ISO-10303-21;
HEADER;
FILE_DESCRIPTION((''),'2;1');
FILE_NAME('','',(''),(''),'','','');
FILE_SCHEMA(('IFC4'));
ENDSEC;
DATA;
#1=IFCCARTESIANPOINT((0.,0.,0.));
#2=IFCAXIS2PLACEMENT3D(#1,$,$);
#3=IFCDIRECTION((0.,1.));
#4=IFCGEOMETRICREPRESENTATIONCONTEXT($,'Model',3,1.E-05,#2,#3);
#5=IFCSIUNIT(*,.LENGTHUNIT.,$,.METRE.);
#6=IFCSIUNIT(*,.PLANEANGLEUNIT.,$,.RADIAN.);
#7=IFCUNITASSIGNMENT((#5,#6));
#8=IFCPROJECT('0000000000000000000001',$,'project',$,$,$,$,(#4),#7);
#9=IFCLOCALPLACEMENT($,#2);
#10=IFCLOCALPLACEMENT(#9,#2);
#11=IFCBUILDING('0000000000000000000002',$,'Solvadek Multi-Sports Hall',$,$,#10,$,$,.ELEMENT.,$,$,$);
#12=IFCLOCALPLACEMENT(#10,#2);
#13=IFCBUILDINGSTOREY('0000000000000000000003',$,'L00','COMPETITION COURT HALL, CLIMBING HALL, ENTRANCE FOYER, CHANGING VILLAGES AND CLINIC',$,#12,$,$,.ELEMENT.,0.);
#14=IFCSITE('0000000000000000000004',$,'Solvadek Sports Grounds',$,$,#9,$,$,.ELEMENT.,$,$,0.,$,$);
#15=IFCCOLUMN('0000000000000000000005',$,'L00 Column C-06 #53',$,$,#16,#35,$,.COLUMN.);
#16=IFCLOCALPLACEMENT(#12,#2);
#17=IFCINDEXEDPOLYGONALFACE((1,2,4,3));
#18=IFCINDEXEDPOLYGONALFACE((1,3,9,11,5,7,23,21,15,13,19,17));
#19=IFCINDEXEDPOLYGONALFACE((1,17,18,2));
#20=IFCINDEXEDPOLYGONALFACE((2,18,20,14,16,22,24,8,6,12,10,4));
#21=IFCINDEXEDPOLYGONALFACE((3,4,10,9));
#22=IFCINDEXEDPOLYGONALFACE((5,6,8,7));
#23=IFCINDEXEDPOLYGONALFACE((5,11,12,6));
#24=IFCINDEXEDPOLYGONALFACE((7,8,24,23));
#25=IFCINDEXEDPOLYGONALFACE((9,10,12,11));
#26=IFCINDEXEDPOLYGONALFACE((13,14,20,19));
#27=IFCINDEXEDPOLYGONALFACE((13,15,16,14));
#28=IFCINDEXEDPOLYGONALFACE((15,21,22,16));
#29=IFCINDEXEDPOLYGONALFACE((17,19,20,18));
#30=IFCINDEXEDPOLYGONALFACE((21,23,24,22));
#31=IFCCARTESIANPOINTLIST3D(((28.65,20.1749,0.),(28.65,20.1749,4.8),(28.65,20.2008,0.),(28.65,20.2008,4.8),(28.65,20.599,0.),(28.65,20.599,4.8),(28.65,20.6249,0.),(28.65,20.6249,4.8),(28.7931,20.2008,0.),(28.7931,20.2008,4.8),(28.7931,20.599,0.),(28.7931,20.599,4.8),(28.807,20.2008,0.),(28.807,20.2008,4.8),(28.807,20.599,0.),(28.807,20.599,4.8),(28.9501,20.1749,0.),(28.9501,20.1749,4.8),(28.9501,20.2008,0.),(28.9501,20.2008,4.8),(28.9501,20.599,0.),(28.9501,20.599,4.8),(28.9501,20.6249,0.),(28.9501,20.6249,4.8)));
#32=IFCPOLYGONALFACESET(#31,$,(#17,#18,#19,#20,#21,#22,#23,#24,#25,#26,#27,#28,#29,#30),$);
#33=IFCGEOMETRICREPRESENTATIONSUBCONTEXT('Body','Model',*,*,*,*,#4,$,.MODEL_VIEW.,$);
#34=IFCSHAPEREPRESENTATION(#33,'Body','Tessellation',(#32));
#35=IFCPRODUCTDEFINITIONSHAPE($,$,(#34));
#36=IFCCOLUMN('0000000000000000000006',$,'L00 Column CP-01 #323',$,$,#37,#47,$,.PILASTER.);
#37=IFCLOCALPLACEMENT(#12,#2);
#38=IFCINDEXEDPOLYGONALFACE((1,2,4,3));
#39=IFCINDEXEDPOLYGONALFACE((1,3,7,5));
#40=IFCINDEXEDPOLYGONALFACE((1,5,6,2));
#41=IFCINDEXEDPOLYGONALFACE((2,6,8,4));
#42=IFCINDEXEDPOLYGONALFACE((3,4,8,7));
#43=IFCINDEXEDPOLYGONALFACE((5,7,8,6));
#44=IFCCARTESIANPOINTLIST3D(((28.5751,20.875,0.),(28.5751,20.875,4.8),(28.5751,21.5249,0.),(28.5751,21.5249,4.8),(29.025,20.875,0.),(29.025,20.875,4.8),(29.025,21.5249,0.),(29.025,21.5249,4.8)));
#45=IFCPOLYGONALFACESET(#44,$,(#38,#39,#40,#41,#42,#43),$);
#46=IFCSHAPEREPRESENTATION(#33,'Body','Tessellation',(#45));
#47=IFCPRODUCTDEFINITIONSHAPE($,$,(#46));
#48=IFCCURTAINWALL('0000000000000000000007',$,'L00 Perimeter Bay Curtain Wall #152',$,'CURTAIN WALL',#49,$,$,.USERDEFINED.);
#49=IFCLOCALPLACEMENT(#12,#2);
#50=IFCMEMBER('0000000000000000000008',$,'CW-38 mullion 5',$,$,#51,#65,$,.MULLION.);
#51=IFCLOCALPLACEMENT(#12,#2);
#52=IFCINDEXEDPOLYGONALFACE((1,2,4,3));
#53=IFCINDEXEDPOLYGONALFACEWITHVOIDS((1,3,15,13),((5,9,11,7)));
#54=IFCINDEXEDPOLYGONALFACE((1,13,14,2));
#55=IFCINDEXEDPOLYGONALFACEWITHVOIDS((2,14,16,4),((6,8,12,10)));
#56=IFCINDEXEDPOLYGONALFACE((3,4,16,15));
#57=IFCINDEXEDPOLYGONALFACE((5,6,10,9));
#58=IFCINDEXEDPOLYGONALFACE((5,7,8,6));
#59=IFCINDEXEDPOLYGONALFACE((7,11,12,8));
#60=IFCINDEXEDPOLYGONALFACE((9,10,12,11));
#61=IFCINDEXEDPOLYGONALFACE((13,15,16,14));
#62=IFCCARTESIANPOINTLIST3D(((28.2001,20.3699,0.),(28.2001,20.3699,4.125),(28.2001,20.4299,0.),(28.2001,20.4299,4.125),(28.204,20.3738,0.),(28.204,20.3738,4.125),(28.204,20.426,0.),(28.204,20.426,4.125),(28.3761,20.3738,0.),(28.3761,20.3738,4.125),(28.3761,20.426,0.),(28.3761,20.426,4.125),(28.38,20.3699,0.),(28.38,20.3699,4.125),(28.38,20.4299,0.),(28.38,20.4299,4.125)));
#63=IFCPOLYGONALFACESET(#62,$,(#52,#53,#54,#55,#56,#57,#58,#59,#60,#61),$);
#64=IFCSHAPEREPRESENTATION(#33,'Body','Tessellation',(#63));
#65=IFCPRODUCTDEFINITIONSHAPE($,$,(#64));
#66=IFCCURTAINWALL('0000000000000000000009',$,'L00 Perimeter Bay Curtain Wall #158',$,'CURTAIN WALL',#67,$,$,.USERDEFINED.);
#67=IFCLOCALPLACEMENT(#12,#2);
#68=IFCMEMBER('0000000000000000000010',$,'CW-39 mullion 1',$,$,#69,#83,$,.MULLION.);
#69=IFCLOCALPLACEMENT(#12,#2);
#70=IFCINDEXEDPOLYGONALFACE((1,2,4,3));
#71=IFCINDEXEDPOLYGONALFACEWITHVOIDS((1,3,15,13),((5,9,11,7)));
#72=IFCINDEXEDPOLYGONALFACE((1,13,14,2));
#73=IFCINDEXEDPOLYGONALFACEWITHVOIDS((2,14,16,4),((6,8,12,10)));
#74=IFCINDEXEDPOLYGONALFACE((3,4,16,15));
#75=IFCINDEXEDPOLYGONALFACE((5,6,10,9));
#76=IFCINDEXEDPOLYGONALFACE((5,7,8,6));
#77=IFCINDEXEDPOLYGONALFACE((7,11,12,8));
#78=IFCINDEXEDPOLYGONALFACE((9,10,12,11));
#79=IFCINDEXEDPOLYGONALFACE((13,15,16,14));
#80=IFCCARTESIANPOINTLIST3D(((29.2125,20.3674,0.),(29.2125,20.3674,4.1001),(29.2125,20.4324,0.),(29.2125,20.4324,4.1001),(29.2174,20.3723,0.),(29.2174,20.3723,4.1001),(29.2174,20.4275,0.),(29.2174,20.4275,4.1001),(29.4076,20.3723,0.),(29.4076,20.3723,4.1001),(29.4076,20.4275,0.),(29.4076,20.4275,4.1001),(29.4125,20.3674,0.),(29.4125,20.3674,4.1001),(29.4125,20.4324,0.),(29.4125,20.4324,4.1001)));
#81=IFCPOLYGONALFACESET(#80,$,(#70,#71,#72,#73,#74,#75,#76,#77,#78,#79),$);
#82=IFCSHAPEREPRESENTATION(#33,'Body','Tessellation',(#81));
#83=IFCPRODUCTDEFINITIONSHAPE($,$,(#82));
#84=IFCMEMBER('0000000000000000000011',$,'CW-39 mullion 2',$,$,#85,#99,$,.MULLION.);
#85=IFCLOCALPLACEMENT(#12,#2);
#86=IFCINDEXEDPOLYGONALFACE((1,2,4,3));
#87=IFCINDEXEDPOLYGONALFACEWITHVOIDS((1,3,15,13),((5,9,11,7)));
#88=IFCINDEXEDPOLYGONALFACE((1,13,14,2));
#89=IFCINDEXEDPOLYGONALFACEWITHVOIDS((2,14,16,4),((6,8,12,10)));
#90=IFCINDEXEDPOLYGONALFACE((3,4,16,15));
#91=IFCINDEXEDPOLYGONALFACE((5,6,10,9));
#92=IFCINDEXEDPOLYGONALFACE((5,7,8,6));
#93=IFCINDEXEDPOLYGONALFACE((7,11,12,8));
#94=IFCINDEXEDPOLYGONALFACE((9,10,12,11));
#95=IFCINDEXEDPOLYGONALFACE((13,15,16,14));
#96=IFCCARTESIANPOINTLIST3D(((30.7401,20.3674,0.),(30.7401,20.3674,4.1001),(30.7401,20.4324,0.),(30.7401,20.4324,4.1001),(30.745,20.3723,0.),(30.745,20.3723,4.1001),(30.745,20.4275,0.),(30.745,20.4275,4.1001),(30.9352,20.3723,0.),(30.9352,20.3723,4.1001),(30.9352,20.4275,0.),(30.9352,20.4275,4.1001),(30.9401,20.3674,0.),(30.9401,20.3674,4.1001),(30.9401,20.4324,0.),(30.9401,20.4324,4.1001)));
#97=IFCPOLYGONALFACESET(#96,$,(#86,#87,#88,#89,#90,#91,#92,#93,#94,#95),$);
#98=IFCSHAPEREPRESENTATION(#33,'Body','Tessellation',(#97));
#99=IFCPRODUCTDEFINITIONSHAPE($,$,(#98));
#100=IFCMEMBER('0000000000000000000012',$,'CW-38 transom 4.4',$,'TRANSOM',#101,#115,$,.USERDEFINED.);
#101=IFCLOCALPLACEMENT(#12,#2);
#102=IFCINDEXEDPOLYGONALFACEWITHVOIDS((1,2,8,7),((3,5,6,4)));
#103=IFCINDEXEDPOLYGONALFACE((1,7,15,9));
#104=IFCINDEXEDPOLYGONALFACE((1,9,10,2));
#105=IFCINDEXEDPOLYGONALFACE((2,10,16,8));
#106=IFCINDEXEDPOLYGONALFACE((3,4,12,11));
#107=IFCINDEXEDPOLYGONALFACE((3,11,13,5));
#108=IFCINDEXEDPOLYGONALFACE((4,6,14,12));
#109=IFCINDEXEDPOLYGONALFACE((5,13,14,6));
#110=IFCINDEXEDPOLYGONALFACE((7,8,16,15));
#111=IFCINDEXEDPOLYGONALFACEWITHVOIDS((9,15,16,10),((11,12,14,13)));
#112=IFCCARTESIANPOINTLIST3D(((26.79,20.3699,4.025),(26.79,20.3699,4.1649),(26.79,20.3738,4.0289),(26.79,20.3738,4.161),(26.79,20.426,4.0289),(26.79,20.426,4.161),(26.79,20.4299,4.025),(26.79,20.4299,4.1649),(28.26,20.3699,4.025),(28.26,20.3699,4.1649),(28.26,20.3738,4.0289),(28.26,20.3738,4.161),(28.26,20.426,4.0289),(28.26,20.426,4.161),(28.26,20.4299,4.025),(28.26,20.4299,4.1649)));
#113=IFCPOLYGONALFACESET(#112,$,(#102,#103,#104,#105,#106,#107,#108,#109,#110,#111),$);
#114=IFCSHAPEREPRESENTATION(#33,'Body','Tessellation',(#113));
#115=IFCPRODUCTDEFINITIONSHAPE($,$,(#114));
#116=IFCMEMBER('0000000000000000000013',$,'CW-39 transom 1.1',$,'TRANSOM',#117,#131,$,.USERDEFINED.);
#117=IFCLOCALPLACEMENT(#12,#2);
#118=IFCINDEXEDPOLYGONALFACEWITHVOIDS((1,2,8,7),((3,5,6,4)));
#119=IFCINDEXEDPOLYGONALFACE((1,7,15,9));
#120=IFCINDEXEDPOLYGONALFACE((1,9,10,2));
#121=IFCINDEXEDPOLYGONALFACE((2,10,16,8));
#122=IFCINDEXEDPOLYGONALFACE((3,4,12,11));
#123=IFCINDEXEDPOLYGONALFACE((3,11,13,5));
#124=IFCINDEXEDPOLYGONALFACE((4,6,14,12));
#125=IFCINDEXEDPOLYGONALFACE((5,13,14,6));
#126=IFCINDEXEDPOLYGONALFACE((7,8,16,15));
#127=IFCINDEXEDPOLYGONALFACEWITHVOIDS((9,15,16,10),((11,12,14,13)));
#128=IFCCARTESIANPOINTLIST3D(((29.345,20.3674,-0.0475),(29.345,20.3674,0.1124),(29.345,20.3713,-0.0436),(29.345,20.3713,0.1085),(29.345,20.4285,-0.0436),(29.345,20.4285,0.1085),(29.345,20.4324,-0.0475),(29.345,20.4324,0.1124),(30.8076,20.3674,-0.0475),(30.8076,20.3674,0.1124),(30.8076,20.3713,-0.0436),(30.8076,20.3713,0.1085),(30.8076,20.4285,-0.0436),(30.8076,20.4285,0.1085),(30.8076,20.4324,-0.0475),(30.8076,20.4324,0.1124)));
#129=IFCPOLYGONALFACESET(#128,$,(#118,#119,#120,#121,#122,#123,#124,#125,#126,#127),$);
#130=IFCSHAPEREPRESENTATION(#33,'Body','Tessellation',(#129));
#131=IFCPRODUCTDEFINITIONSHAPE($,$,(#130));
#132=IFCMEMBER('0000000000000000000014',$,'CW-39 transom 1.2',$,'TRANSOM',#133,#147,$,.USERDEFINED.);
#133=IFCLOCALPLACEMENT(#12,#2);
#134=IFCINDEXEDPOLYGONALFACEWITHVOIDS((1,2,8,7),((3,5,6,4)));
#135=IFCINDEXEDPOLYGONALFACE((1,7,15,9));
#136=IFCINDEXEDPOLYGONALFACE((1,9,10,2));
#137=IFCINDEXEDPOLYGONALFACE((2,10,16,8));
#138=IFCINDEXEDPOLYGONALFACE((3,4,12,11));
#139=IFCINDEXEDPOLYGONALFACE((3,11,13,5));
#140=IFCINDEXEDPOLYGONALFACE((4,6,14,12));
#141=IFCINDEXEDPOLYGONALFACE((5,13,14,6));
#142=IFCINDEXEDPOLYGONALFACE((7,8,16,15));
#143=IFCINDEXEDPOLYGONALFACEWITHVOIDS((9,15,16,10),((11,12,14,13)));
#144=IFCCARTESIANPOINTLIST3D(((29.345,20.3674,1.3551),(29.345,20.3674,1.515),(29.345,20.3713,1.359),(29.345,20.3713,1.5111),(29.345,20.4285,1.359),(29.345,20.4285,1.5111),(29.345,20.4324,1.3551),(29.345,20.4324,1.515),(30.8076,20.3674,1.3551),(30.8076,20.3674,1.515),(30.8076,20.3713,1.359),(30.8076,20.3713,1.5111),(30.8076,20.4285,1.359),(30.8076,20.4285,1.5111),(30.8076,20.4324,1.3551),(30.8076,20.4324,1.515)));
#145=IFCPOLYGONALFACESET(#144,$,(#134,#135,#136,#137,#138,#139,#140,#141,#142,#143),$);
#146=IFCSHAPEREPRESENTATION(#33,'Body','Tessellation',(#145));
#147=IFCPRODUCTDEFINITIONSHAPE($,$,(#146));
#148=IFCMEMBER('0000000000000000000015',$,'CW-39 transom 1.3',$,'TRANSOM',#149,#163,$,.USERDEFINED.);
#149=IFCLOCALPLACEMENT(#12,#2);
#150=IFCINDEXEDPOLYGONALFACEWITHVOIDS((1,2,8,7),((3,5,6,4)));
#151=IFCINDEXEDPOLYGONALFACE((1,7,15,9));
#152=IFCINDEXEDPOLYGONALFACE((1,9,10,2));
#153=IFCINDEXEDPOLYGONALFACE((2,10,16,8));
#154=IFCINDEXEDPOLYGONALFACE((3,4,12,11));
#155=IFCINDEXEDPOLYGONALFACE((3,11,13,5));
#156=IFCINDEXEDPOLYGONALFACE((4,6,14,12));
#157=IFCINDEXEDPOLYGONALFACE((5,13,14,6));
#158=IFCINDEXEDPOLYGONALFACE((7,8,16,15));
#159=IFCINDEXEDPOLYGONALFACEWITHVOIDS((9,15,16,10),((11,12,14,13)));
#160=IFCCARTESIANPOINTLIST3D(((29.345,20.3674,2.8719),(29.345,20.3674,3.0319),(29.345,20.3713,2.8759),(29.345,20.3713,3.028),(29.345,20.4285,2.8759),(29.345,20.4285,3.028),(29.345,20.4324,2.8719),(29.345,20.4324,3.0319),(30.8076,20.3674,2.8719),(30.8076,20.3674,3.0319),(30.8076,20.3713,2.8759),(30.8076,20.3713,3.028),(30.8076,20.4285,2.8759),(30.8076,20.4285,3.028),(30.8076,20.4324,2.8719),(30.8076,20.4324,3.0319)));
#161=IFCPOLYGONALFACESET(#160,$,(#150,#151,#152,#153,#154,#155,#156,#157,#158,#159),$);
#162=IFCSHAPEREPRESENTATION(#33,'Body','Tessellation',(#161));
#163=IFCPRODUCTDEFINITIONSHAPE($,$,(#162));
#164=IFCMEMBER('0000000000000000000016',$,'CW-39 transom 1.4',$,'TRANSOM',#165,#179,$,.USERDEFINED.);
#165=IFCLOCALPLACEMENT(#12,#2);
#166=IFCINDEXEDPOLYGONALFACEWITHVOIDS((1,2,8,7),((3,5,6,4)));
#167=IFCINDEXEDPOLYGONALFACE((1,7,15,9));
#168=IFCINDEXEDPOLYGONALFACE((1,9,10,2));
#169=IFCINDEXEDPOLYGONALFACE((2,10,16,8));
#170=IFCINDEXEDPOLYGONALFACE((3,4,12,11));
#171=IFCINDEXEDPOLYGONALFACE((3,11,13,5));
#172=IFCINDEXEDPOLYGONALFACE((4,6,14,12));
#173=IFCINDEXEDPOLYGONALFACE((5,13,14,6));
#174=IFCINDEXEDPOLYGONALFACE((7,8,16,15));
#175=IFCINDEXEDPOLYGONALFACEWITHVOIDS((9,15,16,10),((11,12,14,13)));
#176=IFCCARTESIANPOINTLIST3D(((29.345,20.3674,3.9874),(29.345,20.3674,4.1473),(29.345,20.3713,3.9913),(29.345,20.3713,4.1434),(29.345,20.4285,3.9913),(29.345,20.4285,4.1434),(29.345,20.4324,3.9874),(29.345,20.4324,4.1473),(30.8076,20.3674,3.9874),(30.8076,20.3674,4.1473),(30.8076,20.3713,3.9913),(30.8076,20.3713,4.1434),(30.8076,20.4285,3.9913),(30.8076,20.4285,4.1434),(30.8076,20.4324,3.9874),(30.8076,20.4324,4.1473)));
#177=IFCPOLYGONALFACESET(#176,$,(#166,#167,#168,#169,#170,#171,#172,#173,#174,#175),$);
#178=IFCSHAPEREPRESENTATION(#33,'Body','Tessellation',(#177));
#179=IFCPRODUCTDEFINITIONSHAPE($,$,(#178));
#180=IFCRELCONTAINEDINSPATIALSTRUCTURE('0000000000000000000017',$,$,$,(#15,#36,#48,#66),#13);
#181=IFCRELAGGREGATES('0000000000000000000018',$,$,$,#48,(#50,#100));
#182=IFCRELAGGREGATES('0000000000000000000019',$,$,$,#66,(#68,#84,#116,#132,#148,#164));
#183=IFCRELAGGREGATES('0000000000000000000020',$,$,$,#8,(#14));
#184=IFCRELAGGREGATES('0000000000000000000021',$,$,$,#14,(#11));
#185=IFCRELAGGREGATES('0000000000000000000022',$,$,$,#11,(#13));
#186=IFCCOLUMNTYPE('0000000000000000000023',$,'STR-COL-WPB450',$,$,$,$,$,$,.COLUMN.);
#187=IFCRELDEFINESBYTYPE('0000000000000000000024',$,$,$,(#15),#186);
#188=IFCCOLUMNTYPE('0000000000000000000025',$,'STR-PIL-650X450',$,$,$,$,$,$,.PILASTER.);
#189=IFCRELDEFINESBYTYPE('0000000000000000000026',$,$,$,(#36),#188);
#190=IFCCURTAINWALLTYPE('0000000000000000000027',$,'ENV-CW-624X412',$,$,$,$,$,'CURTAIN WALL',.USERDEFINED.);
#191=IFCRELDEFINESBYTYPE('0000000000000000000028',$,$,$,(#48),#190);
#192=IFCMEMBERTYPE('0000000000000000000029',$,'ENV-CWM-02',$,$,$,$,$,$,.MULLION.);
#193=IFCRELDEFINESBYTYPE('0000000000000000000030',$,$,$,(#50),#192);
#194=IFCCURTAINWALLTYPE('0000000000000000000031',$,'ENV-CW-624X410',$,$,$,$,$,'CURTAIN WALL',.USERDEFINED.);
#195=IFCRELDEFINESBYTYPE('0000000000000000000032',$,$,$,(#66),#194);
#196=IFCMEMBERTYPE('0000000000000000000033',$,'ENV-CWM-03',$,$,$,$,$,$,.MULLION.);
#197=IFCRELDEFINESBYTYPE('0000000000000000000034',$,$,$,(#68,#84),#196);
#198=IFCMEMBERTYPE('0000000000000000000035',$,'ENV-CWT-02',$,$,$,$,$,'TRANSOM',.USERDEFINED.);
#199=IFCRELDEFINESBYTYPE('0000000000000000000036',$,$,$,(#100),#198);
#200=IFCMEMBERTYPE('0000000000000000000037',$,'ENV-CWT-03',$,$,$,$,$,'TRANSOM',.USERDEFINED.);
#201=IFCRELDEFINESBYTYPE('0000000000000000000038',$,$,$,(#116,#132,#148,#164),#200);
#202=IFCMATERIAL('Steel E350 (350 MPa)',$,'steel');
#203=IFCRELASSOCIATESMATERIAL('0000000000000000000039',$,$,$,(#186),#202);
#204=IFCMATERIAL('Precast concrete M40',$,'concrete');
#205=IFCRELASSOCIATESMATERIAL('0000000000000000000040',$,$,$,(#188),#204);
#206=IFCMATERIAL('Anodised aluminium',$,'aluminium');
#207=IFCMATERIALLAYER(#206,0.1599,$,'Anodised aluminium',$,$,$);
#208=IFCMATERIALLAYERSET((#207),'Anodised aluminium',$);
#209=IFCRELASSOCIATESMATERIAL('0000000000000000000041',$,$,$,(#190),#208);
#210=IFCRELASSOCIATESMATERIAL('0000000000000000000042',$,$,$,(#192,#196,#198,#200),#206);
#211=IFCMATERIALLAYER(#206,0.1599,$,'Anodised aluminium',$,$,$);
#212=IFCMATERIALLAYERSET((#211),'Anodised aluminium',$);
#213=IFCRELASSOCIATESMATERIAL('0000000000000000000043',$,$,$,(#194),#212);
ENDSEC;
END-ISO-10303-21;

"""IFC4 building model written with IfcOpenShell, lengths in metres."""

from ifc_helpers import new_model, si_unit, direction, frame, origin, origin_2d, place, context, subcontext, project, spatial, rectangle, hollow_rectangle, i_section, extrude, material, layer, layer_set, material_profile, profile_set, type_object, element, aggregate, save


model = new_model("IFC4")

# Units and contexts
model_context = context("Model", 3, precision=1e-05, world=origin(), true_north=direction((0.0, 1.0)))
body_context = subcontext(model_context, "Body", "Model", "MODEL_VIEW")
ifc_project = project(units=[si_unit("LENGTHUNIT", "METRE"), si_unit("PLANEANGLEUNIT", "RADIAN")], contexts=[model_context])

# Site, building, storey
site_placement = place(None, origin())
site = spatial("IfcSite", under=ifc_project, at=site_placement, Name="Solvadek Sports Grounds", CompositionType="ELEMENT", RefElevation=0.0)
building_placement = place(site_placement, origin())
building = spatial("IfcBuilding", under=site, at=building_placement, Name="Solvadek Multi-Sports Hall", CompositionType="ELEMENT")
storey_placement = place(building_placement, origin())
storey = spatial("IfcBuildingStorey", under=building, at=storey_placement, Name="L00", Description="COMPETITION COURT HALL, CLIMBING HALL, ENTRANCE FOYER, CHANGING VILLAGES AND CLINIC", CompositionType="ELEMENT", Elevation=0.0)

# Columns
ifc_material_1 = material(Name="Steel E350 (350 MPa)", Category="steel")
ifc_material_profile_1 = material_profile(ifc_material_1, i_section(OverallWidth=0.3, OverallDepth=0.45, WebThickness=0.0139, FlangeThickness=0.0259, at=origin_2d()), Name="WPB 450")
ifc_profile_set_1 = profile_set([ifc_material_profile_1], Name="Steel E350 (350 MPa)")
column_type_1 = type_object("IfcColumnType", Name="STR-COL-WPB450", PredefinedType="COLUMN", material=ifc_profile_set_1)
column_1_placement = place(storey_placement, frame((28.8, 20.3999, 0.0), z_axis=(0.0, 0.0, 1.0), x_axis=(1.0, 0.0, 0.0)))
element("IfcColumn", 1, at=column_1_placement, inside=storey, type_object=column_type_1, Name="L00 Column C-06 #53", PredefinedType="COLUMN", context=body_context, shape_type="SweptSolid", body=[
    extrude(i_section(OverallWidth=0.3, OverallDepth=0.45, WebThickness=0.0139, FlangeThickness=0.0259, at=origin_2d()), origin(), (0.0, 0.0, 1.0), 4.8),
])
ifc_material_2 = material(Name="Precast concrete M40", Category="concrete")
ifc_material_profile_2 = material_profile(ifc_material_2, rectangle(XDim=0.45, YDim=0.6499, at=origin_2d()), Name="RC PILASTER 650x450")
ifc_profile_set_2 = profile_set([ifc_material_profile_2], Name="Precast concrete M40")
column_type_2 = type_object("IfcColumnType", Name="STR-PIL-650X450", PredefinedType="PILASTER", material=ifc_profile_set_2)
column_2_placement = place(storey_placement, frame((28.8, 21.2, 0.0), z_axis=(0.0, 0.0, 1.0), x_axis=(1.0, 0.0, 0.0)))
element("IfcColumn", 2, at=column_2_placement, inside=storey, type_object=column_type_2, Name="L00 Column CP-01 #323", PredefinedType="PILASTER", context=body_context, shape_type="SweptSolid", body=[
    extrude(rectangle(XDim=0.45, YDim=0.6499, at=origin_2d()), origin(), (0.0, 0.0, 1.0), 4.8),
])

# Curtain wall, member
ifc_material_3 = material(Name="Anodised aluminium", Category="aluminium")
ifc_layer_1 = layer(ifc_material_3, 0.1599, Name="Anodised aluminium")
ifc_layer_set_1 = layer_set([ifc_layer_1], Name="Anodised aluminium")
curtain_wall_type_1 = type_object("IfcCurtainWallType", Name="ENV-CW-624X412", ElementType="CURTAIN WALL", PredefinedType="USERDEFINED", material=ifc_layer_set_1)
curtain_wall_1_placement = place(storey_placement, origin())
curtain_wall_1 = element("IfcCurtainWall", 3, at=curtain_wall_1_placement, inside=storey, type_object=curtain_wall_type_1, Name="L00 Perimeter Bay Curtain Wall #152", ObjectType="CURTAIN WALL", PredefinedType="USERDEFINED")
ifc_material_profile_3 = material_profile(ifc_material_3, hollow_rectangle(XDim=0.0601, YDim=0.1799, WallThickness=0.0039, at=origin_2d()), Name="ALU-M 180x60x4")
ifc_profile_set_3 = profile_set([ifc_material_profile_3], Name="Anodised aluminium")
member_type_1 = type_object("IfcMemberType", Name="ENV-CWM-02", PredefinedType="MULLION", material=ifc_profile_set_3)
member_1_placement = place(storey_placement, frame((28.29, 20.3999, 0.0), z_axis=(0.0, 0.0, 1.0), x_axis=(0.0, 1.0, 0.0)))
member_1 = element("IfcMember", 4, at=member_1_placement, type_object=member_type_1, Name="CW-38 mullion 5", PredefinedType="MULLION", context=body_context, shape_type="SweptSolid", body=[
    extrude(hollow_rectangle(XDim=0.0601, YDim=0.1799, WallThickness=0.0039, at=origin_2d()), origin(), (0.0, 0.0, 1.0), 4.125),
])

# Curtain wall, members
ifc_layer_2 = layer(ifc_material_3, 0.1599, Name="Anodised aluminium")
ifc_layer_set_2 = layer_set([ifc_layer_2], Name="Anodised aluminium")
curtain_wall_type_2 = type_object("IfcCurtainWallType", Name="ENV-CW-624X410", ElementType="CURTAIN WALL", PredefinedType="USERDEFINED", material=ifc_layer_set_2)
curtain_wall_2_placement = place(storey_placement, origin())
curtain_wall_2 = element("IfcCurtainWall", 5, at=curtain_wall_2_placement, inside=storey, type_object=curtain_wall_type_2, Name="L00 Perimeter Bay Curtain Wall #158", ObjectType="CURTAIN WALL", PredefinedType="USERDEFINED")
ifc_material_profile_4 = material_profile(ifc_material_3, hollow_rectangle(XDim=0.0649, YDim=0.2, WallThickness=0.0049, at=origin_2d()), Name="ALU-M 200x65x5")
ifc_profile_set_4 = profile_set([ifc_material_profile_4], Name="Anodised aluminium")
member_type_2 = type_object("IfcMemberType", Name="ENV-CWM-03", PredefinedType="MULLION", material=ifc_profile_set_4)
member_2_placement = place(storey_placement, frame((29.3125, 20.3999, 0.0), z_axis=(0.0, 0.0, 1.0), x_axis=(0.0, 1.0, 0.0)))
member_2 = element("IfcMember", 6, at=member_2_placement, type_object=member_type_2, Name="CW-39 mullion 1", PredefinedType="MULLION", context=body_context, shape_type="SweptSolid", body=[
    extrude(hollow_rectangle(XDim=0.0649, YDim=0.2, WallThickness=0.0049, at=origin_2d()), origin(), (0.0, 0.0, 1.0), 4.1001),
])
member_3_placement = place(storey_placement, frame((30.8401, 20.3999, 0.0), z_axis=(0.0, 0.0, 1.0), x_axis=(0.0, 1.0, 0.0)))
member_3 = element("IfcMember", 7, at=member_3_placement, type_object=member_type_2, Name="CW-39 mullion 2", PredefinedType="MULLION", context=body_context, shape_type="SweptSolid", body=[
    extrude(hollow_rectangle(XDim=0.0649, YDim=0.2, WallThickness=0.0049, at=origin_2d()), origin(), (0.0, 0.0, 1.0), 4.1001),
])

# Members
ifc_material_profile_5 = material_profile(ifc_material_3, hollow_rectangle(XDim=0.0601, YDim=0.1399, WallThickness=0.0039, at=origin_2d()), Name="ALU-T 140x60x4")
ifc_profile_set_5 = profile_set([ifc_material_profile_5], Name="Anodised aluminium")
member_type_3 = type_object("IfcMemberType", Name="ENV-CWT-02", ElementType="TRANSOM", PredefinedType="USERDEFINED", material=ifc_profile_set_5)
member_4_placement = place(storey_placement, frame((26.79, 20.3999, 4.095), z_axis=(1.0, 0.0, 0.0), x_axis=(0.0, 1.0, 0.0)))
member_4 = element("IfcMember", 8, at=member_4_placement, type_object=member_type_3, Name="CW-38 transom 4.4", ObjectType="TRANSOM", PredefinedType="USERDEFINED", context=body_context, shape_type="SweptSolid", body=[
    extrude(hollow_rectangle(XDim=0.0601, YDim=0.1399, WallThickness=0.0039, at=origin_2d()), origin(), (0.0, 0.0, 1.0), 1.47),
])
ifc_material_profile_6 = material_profile(ifc_material_3, hollow_rectangle(XDim=0.0649, YDim=0.1599, WallThickness=0.0039, at=origin_2d()), Name="ALU-T 160x65x4")
ifc_profile_set_6 = profile_set([ifc_material_profile_6], Name="Anodised aluminium")
member_type_4 = type_object("IfcMemberType", Name="ENV-CWT-03", ElementType="TRANSOM", PredefinedType="USERDEFINED", material=ifc_profile_set_6)
member_5_placement = place(storey_placement, frame((29.345, 20.3999, 0.0325), z_axis=(1.0, 0.0, 0.0), x_axis=(0.0, 1.0, 0.0)))
member_5 = element("IfcMember", 9, at=member_5_placement, type_object=member_type_4, Name="CW-39 transom 1.1", ObjectType="TRANSOM", PredefinedType="USERDEFINED", context=body_context, shape_type="SweptSolid", body=[
    extrude(hollow_rectangle(XDim=0.0649, YDim=0.1599, WallThickness=0.0039, at=origin_2d()), origin(), (0.0, 0.0, 1.0), 1.4626),
])
member_6_placement = place(storey_placement, frame((29.345, 20.3999, 1.4351), z_axis=(1.0, 0.0, 0.0), x_axis=(0.0, 1.0, 0.0)))
member_6 = element("IfcMember", 10, at=member_6_placement, type_object=member_type_4, Name="CW-39 transom 1.2", ObjectType="TRANSOM", PredefinedType="USERDEFINED", context=body_context, shape_type="SweptSolid", body=[
    extrude(hollow_rectangle(XDim=0.0649, YDim=0.1599, WallThickness=0.0039, at=origin_2d()), origin(), (0.0, 0.0, 1.0), 1.4626),
])
member_7_placement = place(storey_placement, frame((29.345, 20.3999, 2.9519), z_axis=(1.0, 0.0, 0.0), x_axis=(0.0, 1.0, 0.0)))
member_7 = element("IfcMember", 11, at=member_7_placement, type_object=member_type_4, Name="CW-39 transom 1.3", ObjectType="TRANSOM", PredefinedType="USERDEFINED", context=body_context, shape_type="SweptSolid", body=[
    extrude(hollow_rectangle(XDim=0.0649, YDim=0.1599, WallThickness=0.0039, at=origin_2d()), origin(), (0.0, 0.0, 1.0), 1.4626),
])
member_8_placement = place(storey_placement, frame((29.345, 20.3999, 4.0674), z_axis=(1.0, 0.0, 0.0), x_axis=(0.0, 1.0, 0.0)))
member_8 = element("IfcMember", 12, at=member_8_placement, type_object=member_type_4, Name="CW-39 transom 1.4", ObjectType="TRANSOM", PredefinedType="USERDEFINED", context=body_context, shape_type="SweptSolid", body=[
    extrude(hollow_rectangle(XDim=0.0649, YDim=0.1599, WallThickness=0.0039, at=origin_2d()), origin(), (0.0, 0.0, 1.0), 1.4626),
])

aggregate(curtain_wall_1, [member_1, member_4])
aggregate(curtain_wall_2, [member_2, member_3, member_5, member_6, member_7, member_8])

save(model, "model.ifc")
